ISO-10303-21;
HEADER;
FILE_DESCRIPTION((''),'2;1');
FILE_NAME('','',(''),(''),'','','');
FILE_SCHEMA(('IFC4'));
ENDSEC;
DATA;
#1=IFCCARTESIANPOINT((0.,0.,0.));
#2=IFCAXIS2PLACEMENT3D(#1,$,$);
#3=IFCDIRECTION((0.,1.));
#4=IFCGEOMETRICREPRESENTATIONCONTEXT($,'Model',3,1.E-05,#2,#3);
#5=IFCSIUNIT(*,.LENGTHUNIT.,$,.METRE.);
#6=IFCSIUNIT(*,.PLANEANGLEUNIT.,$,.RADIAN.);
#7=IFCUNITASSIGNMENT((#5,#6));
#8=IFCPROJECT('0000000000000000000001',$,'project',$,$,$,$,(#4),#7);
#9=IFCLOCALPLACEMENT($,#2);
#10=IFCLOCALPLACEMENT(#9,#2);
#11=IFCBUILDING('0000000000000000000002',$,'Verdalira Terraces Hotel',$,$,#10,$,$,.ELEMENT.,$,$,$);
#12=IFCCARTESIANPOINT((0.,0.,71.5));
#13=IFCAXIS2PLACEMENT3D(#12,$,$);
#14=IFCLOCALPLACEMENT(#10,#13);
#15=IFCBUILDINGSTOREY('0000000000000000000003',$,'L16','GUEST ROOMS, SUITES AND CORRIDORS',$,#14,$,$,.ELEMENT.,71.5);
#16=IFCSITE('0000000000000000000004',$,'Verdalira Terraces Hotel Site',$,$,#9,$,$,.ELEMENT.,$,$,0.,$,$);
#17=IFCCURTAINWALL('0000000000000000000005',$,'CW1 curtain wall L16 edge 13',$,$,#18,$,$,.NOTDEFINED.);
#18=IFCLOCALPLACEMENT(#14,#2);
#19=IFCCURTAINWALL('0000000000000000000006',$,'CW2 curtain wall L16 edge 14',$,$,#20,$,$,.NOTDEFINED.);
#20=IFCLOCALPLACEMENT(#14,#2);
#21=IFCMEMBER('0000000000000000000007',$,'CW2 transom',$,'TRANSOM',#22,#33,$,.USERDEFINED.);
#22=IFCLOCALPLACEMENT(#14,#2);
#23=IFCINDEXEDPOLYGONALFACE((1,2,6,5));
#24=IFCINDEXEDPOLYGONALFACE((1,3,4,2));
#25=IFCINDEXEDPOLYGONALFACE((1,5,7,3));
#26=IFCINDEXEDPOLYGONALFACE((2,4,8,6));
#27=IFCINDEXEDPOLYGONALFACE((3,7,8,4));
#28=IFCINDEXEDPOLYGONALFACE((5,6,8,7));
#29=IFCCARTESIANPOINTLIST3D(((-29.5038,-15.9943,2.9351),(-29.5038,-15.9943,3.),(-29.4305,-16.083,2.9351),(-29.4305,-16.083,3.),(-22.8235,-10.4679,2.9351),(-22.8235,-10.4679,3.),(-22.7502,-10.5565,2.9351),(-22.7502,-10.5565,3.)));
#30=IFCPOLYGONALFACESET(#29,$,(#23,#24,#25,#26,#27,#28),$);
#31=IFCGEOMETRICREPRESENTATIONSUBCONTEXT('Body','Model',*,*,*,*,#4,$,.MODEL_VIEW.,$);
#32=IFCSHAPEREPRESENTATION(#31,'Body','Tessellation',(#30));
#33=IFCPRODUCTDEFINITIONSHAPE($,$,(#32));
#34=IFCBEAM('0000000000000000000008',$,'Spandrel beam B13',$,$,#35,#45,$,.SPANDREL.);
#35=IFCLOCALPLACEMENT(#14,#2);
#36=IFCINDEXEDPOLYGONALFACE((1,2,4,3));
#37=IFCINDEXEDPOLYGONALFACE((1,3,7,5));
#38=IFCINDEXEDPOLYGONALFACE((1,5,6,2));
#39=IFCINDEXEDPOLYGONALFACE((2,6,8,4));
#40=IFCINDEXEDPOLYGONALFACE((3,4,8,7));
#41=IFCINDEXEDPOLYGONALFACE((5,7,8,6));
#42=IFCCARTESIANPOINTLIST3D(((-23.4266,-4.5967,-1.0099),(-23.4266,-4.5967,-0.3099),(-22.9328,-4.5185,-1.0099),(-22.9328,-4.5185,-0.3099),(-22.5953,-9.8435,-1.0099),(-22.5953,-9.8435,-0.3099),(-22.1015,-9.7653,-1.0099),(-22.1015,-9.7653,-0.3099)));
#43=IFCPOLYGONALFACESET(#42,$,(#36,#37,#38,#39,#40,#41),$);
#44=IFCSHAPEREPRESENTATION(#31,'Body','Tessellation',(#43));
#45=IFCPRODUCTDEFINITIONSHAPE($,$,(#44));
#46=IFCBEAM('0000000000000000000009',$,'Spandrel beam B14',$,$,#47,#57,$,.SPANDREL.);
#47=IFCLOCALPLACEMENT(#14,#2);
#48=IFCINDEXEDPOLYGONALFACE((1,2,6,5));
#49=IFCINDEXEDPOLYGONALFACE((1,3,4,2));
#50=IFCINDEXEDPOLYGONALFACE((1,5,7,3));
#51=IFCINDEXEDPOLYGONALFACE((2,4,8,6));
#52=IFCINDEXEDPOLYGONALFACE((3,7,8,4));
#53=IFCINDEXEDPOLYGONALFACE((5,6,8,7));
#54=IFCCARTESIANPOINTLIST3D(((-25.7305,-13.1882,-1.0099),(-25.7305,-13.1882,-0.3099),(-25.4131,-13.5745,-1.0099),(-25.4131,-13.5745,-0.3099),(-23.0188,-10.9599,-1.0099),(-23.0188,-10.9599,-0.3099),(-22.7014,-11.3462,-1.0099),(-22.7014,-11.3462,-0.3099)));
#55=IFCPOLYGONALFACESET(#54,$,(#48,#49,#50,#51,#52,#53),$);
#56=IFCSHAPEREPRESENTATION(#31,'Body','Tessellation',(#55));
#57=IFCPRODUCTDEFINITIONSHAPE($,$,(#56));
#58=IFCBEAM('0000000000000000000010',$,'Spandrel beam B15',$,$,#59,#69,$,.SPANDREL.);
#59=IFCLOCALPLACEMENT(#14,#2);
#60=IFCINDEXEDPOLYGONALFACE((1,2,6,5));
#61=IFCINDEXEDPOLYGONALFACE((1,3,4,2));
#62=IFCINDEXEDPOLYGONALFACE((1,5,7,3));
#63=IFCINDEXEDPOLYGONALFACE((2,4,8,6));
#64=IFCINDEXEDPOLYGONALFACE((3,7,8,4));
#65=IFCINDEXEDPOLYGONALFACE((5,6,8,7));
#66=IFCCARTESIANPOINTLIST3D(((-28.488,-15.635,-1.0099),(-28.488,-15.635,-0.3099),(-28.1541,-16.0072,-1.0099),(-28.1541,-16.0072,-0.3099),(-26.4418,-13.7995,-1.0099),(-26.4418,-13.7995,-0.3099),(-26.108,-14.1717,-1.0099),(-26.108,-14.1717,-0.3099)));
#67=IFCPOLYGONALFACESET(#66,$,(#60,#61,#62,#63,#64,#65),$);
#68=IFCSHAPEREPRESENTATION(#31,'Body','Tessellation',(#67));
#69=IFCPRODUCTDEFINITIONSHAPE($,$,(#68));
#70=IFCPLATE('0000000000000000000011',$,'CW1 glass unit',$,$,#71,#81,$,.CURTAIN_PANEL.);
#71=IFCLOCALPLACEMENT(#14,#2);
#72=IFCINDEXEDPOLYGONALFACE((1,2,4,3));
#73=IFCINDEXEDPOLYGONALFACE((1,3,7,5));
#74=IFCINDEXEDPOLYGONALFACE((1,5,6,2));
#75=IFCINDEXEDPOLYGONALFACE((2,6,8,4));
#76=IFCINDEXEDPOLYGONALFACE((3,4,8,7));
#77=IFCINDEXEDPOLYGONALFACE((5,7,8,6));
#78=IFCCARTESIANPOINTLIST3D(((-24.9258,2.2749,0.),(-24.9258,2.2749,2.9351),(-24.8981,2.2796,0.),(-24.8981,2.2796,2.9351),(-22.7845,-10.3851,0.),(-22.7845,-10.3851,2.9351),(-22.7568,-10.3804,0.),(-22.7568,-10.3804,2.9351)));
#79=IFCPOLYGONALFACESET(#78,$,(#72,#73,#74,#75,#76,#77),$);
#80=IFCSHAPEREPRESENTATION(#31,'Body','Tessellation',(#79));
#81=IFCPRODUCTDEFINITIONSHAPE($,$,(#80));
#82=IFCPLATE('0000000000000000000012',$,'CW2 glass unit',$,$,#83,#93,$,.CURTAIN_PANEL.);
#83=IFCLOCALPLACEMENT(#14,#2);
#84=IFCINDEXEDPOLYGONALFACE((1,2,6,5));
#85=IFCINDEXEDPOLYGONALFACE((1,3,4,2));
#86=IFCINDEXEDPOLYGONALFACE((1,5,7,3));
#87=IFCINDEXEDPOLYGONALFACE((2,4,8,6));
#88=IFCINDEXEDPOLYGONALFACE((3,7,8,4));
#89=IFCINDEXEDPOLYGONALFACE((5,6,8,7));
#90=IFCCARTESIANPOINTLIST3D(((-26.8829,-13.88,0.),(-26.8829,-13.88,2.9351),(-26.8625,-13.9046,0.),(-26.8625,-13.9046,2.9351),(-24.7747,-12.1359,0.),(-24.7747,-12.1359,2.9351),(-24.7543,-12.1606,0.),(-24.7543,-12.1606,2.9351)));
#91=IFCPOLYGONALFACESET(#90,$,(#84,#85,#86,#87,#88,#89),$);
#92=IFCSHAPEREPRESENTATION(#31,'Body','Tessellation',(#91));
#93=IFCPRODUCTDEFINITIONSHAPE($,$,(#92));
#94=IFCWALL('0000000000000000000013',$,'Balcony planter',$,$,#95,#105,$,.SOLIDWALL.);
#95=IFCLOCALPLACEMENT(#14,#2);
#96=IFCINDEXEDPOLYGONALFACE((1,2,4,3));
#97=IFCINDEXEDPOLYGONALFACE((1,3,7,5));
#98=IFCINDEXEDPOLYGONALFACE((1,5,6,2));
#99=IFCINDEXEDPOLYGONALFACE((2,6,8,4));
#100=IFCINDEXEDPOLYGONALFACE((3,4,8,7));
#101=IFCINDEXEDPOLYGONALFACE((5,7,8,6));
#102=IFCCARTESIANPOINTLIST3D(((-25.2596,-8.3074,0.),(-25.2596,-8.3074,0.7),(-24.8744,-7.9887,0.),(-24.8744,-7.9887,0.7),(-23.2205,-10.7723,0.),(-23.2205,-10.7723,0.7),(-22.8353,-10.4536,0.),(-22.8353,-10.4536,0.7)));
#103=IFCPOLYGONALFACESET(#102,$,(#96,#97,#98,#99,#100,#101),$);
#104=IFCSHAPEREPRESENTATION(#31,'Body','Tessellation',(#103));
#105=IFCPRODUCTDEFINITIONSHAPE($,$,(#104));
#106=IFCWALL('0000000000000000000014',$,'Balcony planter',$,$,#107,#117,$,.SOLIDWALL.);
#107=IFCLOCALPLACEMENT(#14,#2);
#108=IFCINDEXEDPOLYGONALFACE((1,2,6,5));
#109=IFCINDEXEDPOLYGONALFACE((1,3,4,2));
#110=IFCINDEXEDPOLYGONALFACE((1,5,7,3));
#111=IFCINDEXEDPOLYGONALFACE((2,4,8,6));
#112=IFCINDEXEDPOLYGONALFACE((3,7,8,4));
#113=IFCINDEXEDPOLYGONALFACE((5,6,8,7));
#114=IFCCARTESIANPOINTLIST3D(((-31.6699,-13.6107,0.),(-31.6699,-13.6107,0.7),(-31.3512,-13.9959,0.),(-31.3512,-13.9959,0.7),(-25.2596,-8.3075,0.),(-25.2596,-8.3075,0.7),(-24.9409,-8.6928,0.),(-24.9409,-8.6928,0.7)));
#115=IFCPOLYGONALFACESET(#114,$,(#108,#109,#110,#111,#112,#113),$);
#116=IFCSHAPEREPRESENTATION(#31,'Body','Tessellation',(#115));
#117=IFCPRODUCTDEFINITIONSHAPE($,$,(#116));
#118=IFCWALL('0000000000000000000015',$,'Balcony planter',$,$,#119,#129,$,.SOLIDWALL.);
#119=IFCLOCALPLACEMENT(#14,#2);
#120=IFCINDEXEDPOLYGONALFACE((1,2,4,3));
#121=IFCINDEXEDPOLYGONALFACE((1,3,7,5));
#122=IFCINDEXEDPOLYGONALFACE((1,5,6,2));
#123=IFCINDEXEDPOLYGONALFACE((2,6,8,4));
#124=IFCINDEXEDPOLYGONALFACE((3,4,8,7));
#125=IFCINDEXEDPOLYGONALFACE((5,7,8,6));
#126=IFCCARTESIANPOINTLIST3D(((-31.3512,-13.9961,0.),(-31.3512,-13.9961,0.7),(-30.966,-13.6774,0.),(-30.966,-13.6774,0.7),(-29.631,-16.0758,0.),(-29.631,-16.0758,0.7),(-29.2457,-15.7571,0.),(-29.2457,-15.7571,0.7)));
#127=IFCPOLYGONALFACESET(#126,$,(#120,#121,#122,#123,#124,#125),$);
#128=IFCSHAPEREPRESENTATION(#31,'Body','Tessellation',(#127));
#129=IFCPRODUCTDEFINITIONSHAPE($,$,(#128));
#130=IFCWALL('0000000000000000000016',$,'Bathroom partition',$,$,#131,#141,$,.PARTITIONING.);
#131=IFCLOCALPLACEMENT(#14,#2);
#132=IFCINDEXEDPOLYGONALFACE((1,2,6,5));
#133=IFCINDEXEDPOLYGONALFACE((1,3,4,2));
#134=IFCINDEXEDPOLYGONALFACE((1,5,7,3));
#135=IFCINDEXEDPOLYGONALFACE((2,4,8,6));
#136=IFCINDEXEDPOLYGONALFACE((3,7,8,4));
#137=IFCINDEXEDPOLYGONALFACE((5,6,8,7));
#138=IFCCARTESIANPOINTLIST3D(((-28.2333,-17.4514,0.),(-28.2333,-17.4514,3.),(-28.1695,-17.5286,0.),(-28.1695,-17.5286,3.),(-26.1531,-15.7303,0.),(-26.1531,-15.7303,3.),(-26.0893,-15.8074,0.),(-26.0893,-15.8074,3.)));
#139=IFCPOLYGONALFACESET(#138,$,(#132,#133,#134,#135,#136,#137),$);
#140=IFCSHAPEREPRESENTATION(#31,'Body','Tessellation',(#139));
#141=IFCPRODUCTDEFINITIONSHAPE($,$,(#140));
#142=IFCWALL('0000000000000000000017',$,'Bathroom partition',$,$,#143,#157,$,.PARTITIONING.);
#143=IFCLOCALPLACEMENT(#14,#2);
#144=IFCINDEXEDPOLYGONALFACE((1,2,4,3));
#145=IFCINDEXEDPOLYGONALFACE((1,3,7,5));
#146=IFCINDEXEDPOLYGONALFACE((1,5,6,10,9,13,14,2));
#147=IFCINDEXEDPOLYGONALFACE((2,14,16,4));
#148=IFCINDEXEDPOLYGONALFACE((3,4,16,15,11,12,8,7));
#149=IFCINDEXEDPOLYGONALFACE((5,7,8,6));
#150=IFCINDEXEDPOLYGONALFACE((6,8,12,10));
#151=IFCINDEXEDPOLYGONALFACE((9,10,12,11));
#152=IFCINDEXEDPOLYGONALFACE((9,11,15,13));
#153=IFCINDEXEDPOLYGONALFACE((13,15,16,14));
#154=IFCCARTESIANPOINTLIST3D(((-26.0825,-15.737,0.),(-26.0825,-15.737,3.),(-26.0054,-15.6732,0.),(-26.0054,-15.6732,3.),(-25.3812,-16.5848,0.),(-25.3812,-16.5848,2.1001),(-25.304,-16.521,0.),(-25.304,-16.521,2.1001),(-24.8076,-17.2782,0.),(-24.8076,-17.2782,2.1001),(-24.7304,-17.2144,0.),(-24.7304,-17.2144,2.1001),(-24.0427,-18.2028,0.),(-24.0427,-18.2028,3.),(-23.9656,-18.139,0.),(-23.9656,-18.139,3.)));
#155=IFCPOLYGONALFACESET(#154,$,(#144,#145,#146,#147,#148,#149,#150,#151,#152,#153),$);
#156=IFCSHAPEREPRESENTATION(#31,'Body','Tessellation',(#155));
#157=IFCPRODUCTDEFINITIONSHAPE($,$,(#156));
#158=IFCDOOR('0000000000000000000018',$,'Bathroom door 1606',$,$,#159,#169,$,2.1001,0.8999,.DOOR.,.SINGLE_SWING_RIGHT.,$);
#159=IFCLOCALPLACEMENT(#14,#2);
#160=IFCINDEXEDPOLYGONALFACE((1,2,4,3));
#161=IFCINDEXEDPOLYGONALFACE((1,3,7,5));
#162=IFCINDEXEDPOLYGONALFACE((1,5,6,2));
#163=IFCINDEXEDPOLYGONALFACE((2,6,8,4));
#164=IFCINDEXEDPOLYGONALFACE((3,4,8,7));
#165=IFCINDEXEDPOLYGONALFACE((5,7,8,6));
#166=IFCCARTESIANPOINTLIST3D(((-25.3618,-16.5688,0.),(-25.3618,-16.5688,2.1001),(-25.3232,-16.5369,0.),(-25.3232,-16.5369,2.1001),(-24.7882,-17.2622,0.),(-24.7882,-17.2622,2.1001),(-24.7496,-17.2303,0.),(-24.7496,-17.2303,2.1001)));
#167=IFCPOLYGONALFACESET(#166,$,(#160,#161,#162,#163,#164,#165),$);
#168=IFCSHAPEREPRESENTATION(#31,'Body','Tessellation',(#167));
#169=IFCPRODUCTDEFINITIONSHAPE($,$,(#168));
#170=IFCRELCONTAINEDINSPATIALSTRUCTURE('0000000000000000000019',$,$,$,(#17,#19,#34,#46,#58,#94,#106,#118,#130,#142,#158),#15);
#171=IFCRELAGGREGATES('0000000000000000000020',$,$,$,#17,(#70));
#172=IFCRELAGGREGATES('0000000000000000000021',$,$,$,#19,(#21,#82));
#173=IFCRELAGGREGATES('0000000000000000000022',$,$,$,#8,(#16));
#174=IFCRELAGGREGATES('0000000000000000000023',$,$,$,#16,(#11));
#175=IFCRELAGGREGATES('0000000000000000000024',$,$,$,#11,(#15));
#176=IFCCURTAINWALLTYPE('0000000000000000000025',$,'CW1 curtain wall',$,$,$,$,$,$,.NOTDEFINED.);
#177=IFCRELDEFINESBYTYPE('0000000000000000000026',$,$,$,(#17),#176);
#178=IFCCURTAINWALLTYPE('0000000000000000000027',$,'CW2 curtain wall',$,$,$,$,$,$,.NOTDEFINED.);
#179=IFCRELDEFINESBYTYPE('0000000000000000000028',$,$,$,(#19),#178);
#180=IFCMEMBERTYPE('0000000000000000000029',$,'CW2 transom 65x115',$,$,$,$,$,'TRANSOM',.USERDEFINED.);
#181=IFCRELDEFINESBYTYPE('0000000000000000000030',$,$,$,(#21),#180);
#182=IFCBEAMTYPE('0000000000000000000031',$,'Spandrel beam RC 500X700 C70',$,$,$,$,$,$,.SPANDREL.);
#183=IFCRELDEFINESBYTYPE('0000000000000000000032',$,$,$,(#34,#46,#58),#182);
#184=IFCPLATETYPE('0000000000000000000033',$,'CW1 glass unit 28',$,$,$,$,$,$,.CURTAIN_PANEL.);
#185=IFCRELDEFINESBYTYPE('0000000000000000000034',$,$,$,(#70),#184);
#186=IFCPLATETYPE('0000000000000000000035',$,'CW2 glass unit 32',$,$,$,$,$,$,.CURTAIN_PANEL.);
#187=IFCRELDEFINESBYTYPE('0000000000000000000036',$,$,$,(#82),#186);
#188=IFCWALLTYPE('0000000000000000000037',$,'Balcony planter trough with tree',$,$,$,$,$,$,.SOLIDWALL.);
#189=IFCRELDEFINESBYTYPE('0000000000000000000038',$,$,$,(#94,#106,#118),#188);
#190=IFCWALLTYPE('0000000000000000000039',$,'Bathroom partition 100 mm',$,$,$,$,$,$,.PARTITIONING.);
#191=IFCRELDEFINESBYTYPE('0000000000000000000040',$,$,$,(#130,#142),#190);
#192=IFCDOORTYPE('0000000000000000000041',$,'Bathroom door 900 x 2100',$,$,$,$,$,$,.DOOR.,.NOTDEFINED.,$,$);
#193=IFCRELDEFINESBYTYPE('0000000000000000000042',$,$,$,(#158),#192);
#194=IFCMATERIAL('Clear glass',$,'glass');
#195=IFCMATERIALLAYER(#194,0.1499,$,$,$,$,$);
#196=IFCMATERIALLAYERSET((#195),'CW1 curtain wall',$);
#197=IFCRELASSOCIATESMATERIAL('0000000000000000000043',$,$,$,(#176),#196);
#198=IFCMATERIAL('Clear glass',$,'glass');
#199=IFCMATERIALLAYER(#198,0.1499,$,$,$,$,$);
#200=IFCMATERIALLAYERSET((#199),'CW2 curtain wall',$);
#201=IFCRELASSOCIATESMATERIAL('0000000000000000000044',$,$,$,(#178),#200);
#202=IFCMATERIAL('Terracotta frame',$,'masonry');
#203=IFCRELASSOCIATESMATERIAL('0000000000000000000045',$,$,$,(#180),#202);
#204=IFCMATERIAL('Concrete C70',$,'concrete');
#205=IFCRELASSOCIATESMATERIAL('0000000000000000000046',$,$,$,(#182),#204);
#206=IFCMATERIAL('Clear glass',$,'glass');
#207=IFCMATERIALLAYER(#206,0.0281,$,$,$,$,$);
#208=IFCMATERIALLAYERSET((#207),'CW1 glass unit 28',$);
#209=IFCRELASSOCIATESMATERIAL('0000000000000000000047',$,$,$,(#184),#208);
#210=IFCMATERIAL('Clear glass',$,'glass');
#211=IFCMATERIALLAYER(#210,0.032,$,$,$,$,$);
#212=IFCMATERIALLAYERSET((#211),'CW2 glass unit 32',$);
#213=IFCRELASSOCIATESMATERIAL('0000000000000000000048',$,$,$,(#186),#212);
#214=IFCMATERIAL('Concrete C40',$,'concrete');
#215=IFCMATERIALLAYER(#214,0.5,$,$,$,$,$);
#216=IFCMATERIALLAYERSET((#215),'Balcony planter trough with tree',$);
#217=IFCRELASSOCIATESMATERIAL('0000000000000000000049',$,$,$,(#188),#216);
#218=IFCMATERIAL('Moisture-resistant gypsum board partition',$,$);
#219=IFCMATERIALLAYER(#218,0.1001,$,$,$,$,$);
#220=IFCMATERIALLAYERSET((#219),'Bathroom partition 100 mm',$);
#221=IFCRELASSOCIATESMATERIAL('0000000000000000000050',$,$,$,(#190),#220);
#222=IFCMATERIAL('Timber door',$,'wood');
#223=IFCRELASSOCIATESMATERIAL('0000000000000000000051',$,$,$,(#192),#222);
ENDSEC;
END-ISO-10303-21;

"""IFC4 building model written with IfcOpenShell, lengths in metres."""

from ifc_helpers import new_model, si_unit, direction, frame, frame_2d, origin, origin_2d, place, context, subcontext, project, spatial, rectangle, extrude, material, layer, layer_set, material_profile, profile_set, type_object, element, fill, aggregate, save


model = new_model("IFC4")

# Units and contexts
model_context = context("Model", 3, precision=1e-05, world=origin(), true_north=direction((0.0, 1.0)))
body_context = subcontext(model_context, "Body", "Model", "MODEL_VIEW")
ifc_project = project(units=[si_unit("LENGTHUNIT", "METRE"), si_unit("PLANEANGLEUNIT", "RADIAN")], contexts=[model_context])

# Site, building, storey
site_placement = place(None, origin())
site = spatial("IfcSite", under=ifc_project, at=site_placement, Name="Verdalira Terraces Hotel Site", CompositionType="ELEMENT", RefElevation=0.0)
building_placement = place(site_placement, origin())
building = spatial("IfcBuilding", under=site, at=building_placement, Name="Verdalira Terraces Hotel", CompositionType="ELEMENT")
storey_placement = place(building_placement, frame((0.0, 0.0, 71.5)))
storey = spatial("IfcBuildingStorey", under=building, at=storey_placement, Name="L16", Description="GUEST ROOMS, SUITES AND CORRIDORS", CompositionType="ELEMENT", Elevation=71.5)

# Curtain wall
ifc_material_1 = material(Name="Clear glass", Category="glass")
ifc_layer_1 = layer(ifc_material_1, 0.1499)
ifc_layer_set_1 = layer_set([ifc_layer_1], Name="CW1 curtain wall")
curtain_wall_type_1 = type_object("IfcCurtainWallType", Name="CW1 curtain wall", PredefinedType="NOTDEFINED", material=ifc_layer_set_1)
curtain_wall_1_placement = place(storey_placement, origin())
curtain_wall_1 = element("IfcCurtainWall", 1, at=curtain_wall_1_placement, inside=storey, type_object=curtain_wall_type_1, Name="CW1 curtain wall L16 edge 13", PredefinedType="NOTDEFINED")

# Curtain wall, member
ifc_material_2 = material(Name="Clear glass", Category="glass")
ifc_layer_2 = layer(ifc_material_2, 0.1499)
ifc_layer_set_2 = layer_set([ifc_layer_2], Name="CW2 curtain wall")
curtain_wall_type_2 = type_object("IfcCurtainWallType", Name="CW2 curtain wall", PredefinedType="NOTDEFINED", material=ifc_layer_set_2)
curtain_wall_2_placement = place(storey_placement, origin())
curtain_wall_2 = element("IfcCurtainWall", 2, at=curtain_wall_2_placement, inside=storey, type_object=curtain_wall_type_2, Name="CW2 curtain wall L16 edge 14", PredefinedType="NOTDEFINED")
ifc_material_3 = material(Name="Terracotta frame", Category="masonry")
ifc_material_profile_1 = material_profile(ifc_material_3, rectangle(XDim=0.115, YDim=0.0649, at=origin_2d()), Name="TR 65x115")
ifc_profile_set_1 = profile_set([ifc_material_profile_1], Name="Terracotta frame")
member_type_1 = type_object("IfcMemberType", Name="CW2 transom 65x115", ElementType="TRANSOM", PredefinedType="USERDEFINED", material=ifc_profile_set_1)
member_1_placement = place(storey_placement, frame((-22.7869, -10.5122, 2.9675), z_axis=(-0.770511, -0.637427, 0.0), x_axis=(0.637427, -0.770511, 0.0)))
member_1 = element("IfcMember", 3, at=member_1_placement, type_object=member_type_1, Name="CW2 transom", ObjectType="TRANSOM", PredefinedType="USERDEFINED", context=body_context, shape_type="SweptSolid", body=[
    extrude(rectangle(XDim=0.115, YDim=0.0649, at=origin_2d()), origin(), (0.0, 0.0, 1.0), 8.6699),
])

# Beams
ifc_material_4 = material(Name="Concrete C70", Category="concrete")
ifc_material_profile_2 = material_profile(ifc_material_4, rectangle(XDim=0.5, YDim=0.7, at=origin_2d()), Name="RC 500X700")
ifc_profile_set_2 = profile_set([ifc_material_profile_2], Name="Concrete C70")
beam_type_1 = type_object("IfcBeamType", Name="Spandrel beam RC 500X700 C70", PredefinedType="SPANDREL", material=ifc_profile_set_2)
beam_1_placement = place(storey_placement, frame((-23.1797, -4.5576, -0.6599), z_axis=(0.156486, -0.98768, 0.0), x_axis=(0.98768, 0.156486, 0.0)))
element("IfcBeam", 4, at=beam_1_placement, inside=storey, type_object=beam_type_1, Name="Spandrel beam B13", PredefinedType="SPANDREL", context=body_context, shape_type="SweptSolid", body=[
    extrude(rectangle(XDim=0.5, YDim=0.7, at=origin_2d()), origin(), (0.0, 0.0, 1.0), 5.3123),
])
beam_2_placement = place(storey_placement, frame((-22.8601, -11.1531, -0.6599), z_axis=(-0.77261, -0.63488, 0.0), x_axis=(0.63488, -0.77261, 0.0)))
element("IfcBeam", 5, at=beam_2_placement, inside=storey, type_object=beam_type_1, Name="Spandrel beam B14", PredefinedType="SPANDREL", context=body_context, shape_type="SweptSolid", body=[
    extrude(rectangle(XDim=0.5, YDim=0.7, at=origin_2d()), origin(), (0.0, 0.0, 1.0), 3.5098),
])
beam_3_placement = place(storey_placement, frame((-26.2749, -13.9856, -0.6599), z_axis=(-0.744393, -0.667742, 0.0), x_axis=(0.667742, -0.744393, 0.0)))
element("IfcBeam", 6, at=beam_3_placement, inside=storey, type_object=beam_type_1, Name="Spandrel beam B15", PredefinedType="SPANDREL", context=body_context, shape_type="SweptSolid", body=[
    extrude(rectangle(XDim=0.5, YDim=0.7, at=origin_2d()), origin(), (0.0, 0.0, 1.0), 2.7488),
])

# Plates
ifc_material_5 = material(Name="Clear glass", Category="glass")
ifc_layer_3 = layer(ifc_material_5, 0.0281)
ifc_layer_set_3 = layer_set([ifc_layer_3], Name="CW1 glass unit 28")
plate_type_1 = type_object("IfcPlateType", Name="CW1 glass unit 28", PredefinedType="CURTAIN_PANEL", material=ifc_layer_set_3)
plate_1_placement = place(storey_placement, frame((-23.8413, -4.0527, 0.0), z_axis=(0.0, 0.0, 1.0), x_axis=(0.166769, -0.985996, 0.0)))
plate_1 = element("IfcPlate", 7, at=plate_1_placement, type_object=plate_type_1, Name="CW1 glass unit", PredefinedType="CURTAIN_PANEL", context=body_context, shape_type="SweptSolid", body=[
    extrude(rectangle(XDim=12.8398, YDim=0.0281, at=origin_2d()), origin(), (0.0, 0.0, 1.0), 2.9351),
])
aggregate(curtain_wall_1, [plate_1])
ifc_material_6 = material(Name="Clear glass", Category="glass")
ifc_layer_4 = layer(ifc_material_6, 0.032)
ifc_layer_set_4 = layer_set([ifc_layer_4], Name="CW2 glass unit 32")
plate_type_2 = type_object("IfcPlateType", Name="CW2 glass unit 32", PredefinedType="CURTAIN_PANEL", material=ifc_layer_set_4)
plate_2_placement = place(storey_placement, frame((-25.8186, -13.0203, 0.0), z_axis=(0.0, 0.0, 1.0), x_axis=(-0.770513, -0.637424, 0.0)))
plate_2 = element("IfcPlate", 8, at=plate_2_placement, type_object=plate_type_2, Name="CW2 glass unit", PredefinedType="CURTAIN_PANEL", context=body_context, shape_type="SweptSolid", body=[
    extrude(rectangle(XDim=2.7361, YDim=0.032, at=origin_2d()), origin(), (0.0, 0.0, 1.0), 2.9351),
])
aggregate(curtain_wall_2, [member_1, plate_2])

# Walls
ifc_material_7 = material(Name="Concrete C40", Category="concrete")
ifc_layer_5 = layer(ifc_material_7, 0.5)
ifc_layer_set_5 = layer_set([ifc_layer_5], Name="Balcony planter trough with tree")
wall_type_1 = type_object("IfcWallType", Name="Balcony planter trough with tree", PredefinedType="SOLIDWALL", material=ifc_layer_set_5)
wall_1_placement = place(storey_placement, frame((-23.0278, -10.613, 0.0), z_axis=(0.0, 0.0, 1.0), x_axis=(-0.637418, 0.770518, 0.0)))
element("IfcWall", 9, at=wall_1_placement, inside=storey, type_object=wall_type_1, Name="Balcony planter", PredefinedType="SOLIDWALL", context=body_context, shape_type="SweptSolid", body=[
    extrude(rectangle(XDim=3.199, YDim=0.5, at=frame_2d((1.5996, 0.0))), origin(), (0.0, 0.0, 1.0), 0.7),
])
wall_2_placement = place(storey_placement, frame((-25.1003, -8.5002, 0.0), z_axis=(0.0, 0.0, 1.0), x_axis=(-0.770509, -0.63743, 0.0)))
element("IfcWall", 10, at=wall_2_placement, inside=storey, type_object=wall_type_1, Name="Balcony planter", PredefinedType="SOLIDWALL", context=body_context, shape_type="SweptSolid", body=[
    extrude(rectangle(XDim=8.3196, YDim=0.5, at=frame_2d((4.1597, 0.0))), origin(), (0.0, 0.0, 1.0), 0.7),
])
wall_3_placement = place(storey_placement, frame((-31.1587, -13.8367, 0.0), z_axis=(0.0, 0.0, 1.0), x_axis=(0.637386, -0.770544, 0.0)))
element("IfcWall", 11, at=wall_3_placement, inside=storey, type_object=wall_type_1, Name="Balcony planter", PredefinedType="SOLIDWALL", context=body_context, shape_type="SweptSolid", body=[
    extrude(rectangle(XDim=2.699, YDim=0.5, at=frame_2d((1.3496, 0.0))), origin(), (0.0, 0.0, 1.0), 0.7),
])
ifc_material_8 = material(Name="Moisture-resistant gypsum board partition")
ifc_layer_6 = layer(ifc_material_8, 0.1001)
ifc_layer_set_6 = layer_set([ifc_layer_6], Name="Bathroom partition 100 mm")
wall_type_2 = type_object("IfcWallType", Name="Bathroom partition 100 mm", PredefinedType="PARTITIONING", material=ifc_layer_set_6)
wall_4_placement = place(storey_placement, frame((-26.1211, -15.7688, 0.0), z_axis=(0.0, 0.0, 1.0), x_axis=(-0.770477, -0.637468, 0.0)))
element("IfcWall", 12, at=wall_4_placement, inside=storey, type_object=wall_type_2, Name="Bathroom partition", PredefinedType="PARTITIONING", context=body_context, shape_type="SweptSolid", body=[
    extrude(rectangle(XDim=2.7, YDim=0.1001, at=frame_2d((1.3501, 0.0))), origin(), (0.0, 0.0, 1.0), 3.0),
])

# Wall, opening, door
wall_5_placement = place(storey_placement, frame((-24.0041, -18.1709, 0.0), z_axis=(0.0, 0.0, 1.0), x_axis=(-0.637404, 0.77053, 0.0)))
wall_5 = element("IfcWall", 13, at=wall_5_placement, inside=storey, type_object=wall_type_2, Name="Bathroom partition", PredefinedType="PARTITIONING", context=body_context, shape_type="SweptSolid", body=[
    extrude(rectangle(XDim=3.2002, YDim=0.1001, at=frame_2d((1.6001, 0.0))), origin(), (0.0, 0.0, 1.0), 3.0),
])
opening_1_placement = place(wall_5_placement, frame((1.2, 0.0, 0.0)))
opening_1 = element("IfcOpeningElement", 14, at=opening_1_placement, cuts=wall_5, PredefinedType="OPENING", context=body_context, shape_type="SweptSolid", body=[
    extrude(rectangle(XDim=0.8999, YDim=2.1001, at=frame_2d((0.45, 1.05))), frame((0.0, 0.0601, 0.0), z_axis=(0.0, -1.0, 0.0), x_axis=(1.0, 0.0, 0.0)), (0.0, 0.0, 1.0), 0.1201),
])
ifc_material_9 = material(Name="Timber door", Category="wood")
door_type_1 = type_object("IfcDoorType", Name="Bathroom door 900 x 2100", OperationType="NOTDEFINED", PredefinedType="DOOR", material=ifc_material_9)
door_1_placement = place(opening_1_placement, origin())
door_1 = element("IfcDoor", 15, at=door_1_placement, inside=storey, type_object=door_type_1, Name="Bathroom door 1606", OperationType="SINGLE_SWING_RIGHT", OverallHeight=2.1001, OverallWidth=0.8999, PredefinedType="DOOR", context=body_context, shape_type="SweptSolid", body=[
    extrude(rectangle(XDim=0.8999, YDim=2.1001, at=frame_2d((0.45, 1.05))), frame((0.0, 0.0249, 0.0), z_axis=(0.0, -1.0, 0.0), x_axis=(1.0, 0.0, 0.0)), (0.0, 0.0, 1.0), 0.05),
])
fill(opening_1, door_1)

save(model, "model.ifc")
